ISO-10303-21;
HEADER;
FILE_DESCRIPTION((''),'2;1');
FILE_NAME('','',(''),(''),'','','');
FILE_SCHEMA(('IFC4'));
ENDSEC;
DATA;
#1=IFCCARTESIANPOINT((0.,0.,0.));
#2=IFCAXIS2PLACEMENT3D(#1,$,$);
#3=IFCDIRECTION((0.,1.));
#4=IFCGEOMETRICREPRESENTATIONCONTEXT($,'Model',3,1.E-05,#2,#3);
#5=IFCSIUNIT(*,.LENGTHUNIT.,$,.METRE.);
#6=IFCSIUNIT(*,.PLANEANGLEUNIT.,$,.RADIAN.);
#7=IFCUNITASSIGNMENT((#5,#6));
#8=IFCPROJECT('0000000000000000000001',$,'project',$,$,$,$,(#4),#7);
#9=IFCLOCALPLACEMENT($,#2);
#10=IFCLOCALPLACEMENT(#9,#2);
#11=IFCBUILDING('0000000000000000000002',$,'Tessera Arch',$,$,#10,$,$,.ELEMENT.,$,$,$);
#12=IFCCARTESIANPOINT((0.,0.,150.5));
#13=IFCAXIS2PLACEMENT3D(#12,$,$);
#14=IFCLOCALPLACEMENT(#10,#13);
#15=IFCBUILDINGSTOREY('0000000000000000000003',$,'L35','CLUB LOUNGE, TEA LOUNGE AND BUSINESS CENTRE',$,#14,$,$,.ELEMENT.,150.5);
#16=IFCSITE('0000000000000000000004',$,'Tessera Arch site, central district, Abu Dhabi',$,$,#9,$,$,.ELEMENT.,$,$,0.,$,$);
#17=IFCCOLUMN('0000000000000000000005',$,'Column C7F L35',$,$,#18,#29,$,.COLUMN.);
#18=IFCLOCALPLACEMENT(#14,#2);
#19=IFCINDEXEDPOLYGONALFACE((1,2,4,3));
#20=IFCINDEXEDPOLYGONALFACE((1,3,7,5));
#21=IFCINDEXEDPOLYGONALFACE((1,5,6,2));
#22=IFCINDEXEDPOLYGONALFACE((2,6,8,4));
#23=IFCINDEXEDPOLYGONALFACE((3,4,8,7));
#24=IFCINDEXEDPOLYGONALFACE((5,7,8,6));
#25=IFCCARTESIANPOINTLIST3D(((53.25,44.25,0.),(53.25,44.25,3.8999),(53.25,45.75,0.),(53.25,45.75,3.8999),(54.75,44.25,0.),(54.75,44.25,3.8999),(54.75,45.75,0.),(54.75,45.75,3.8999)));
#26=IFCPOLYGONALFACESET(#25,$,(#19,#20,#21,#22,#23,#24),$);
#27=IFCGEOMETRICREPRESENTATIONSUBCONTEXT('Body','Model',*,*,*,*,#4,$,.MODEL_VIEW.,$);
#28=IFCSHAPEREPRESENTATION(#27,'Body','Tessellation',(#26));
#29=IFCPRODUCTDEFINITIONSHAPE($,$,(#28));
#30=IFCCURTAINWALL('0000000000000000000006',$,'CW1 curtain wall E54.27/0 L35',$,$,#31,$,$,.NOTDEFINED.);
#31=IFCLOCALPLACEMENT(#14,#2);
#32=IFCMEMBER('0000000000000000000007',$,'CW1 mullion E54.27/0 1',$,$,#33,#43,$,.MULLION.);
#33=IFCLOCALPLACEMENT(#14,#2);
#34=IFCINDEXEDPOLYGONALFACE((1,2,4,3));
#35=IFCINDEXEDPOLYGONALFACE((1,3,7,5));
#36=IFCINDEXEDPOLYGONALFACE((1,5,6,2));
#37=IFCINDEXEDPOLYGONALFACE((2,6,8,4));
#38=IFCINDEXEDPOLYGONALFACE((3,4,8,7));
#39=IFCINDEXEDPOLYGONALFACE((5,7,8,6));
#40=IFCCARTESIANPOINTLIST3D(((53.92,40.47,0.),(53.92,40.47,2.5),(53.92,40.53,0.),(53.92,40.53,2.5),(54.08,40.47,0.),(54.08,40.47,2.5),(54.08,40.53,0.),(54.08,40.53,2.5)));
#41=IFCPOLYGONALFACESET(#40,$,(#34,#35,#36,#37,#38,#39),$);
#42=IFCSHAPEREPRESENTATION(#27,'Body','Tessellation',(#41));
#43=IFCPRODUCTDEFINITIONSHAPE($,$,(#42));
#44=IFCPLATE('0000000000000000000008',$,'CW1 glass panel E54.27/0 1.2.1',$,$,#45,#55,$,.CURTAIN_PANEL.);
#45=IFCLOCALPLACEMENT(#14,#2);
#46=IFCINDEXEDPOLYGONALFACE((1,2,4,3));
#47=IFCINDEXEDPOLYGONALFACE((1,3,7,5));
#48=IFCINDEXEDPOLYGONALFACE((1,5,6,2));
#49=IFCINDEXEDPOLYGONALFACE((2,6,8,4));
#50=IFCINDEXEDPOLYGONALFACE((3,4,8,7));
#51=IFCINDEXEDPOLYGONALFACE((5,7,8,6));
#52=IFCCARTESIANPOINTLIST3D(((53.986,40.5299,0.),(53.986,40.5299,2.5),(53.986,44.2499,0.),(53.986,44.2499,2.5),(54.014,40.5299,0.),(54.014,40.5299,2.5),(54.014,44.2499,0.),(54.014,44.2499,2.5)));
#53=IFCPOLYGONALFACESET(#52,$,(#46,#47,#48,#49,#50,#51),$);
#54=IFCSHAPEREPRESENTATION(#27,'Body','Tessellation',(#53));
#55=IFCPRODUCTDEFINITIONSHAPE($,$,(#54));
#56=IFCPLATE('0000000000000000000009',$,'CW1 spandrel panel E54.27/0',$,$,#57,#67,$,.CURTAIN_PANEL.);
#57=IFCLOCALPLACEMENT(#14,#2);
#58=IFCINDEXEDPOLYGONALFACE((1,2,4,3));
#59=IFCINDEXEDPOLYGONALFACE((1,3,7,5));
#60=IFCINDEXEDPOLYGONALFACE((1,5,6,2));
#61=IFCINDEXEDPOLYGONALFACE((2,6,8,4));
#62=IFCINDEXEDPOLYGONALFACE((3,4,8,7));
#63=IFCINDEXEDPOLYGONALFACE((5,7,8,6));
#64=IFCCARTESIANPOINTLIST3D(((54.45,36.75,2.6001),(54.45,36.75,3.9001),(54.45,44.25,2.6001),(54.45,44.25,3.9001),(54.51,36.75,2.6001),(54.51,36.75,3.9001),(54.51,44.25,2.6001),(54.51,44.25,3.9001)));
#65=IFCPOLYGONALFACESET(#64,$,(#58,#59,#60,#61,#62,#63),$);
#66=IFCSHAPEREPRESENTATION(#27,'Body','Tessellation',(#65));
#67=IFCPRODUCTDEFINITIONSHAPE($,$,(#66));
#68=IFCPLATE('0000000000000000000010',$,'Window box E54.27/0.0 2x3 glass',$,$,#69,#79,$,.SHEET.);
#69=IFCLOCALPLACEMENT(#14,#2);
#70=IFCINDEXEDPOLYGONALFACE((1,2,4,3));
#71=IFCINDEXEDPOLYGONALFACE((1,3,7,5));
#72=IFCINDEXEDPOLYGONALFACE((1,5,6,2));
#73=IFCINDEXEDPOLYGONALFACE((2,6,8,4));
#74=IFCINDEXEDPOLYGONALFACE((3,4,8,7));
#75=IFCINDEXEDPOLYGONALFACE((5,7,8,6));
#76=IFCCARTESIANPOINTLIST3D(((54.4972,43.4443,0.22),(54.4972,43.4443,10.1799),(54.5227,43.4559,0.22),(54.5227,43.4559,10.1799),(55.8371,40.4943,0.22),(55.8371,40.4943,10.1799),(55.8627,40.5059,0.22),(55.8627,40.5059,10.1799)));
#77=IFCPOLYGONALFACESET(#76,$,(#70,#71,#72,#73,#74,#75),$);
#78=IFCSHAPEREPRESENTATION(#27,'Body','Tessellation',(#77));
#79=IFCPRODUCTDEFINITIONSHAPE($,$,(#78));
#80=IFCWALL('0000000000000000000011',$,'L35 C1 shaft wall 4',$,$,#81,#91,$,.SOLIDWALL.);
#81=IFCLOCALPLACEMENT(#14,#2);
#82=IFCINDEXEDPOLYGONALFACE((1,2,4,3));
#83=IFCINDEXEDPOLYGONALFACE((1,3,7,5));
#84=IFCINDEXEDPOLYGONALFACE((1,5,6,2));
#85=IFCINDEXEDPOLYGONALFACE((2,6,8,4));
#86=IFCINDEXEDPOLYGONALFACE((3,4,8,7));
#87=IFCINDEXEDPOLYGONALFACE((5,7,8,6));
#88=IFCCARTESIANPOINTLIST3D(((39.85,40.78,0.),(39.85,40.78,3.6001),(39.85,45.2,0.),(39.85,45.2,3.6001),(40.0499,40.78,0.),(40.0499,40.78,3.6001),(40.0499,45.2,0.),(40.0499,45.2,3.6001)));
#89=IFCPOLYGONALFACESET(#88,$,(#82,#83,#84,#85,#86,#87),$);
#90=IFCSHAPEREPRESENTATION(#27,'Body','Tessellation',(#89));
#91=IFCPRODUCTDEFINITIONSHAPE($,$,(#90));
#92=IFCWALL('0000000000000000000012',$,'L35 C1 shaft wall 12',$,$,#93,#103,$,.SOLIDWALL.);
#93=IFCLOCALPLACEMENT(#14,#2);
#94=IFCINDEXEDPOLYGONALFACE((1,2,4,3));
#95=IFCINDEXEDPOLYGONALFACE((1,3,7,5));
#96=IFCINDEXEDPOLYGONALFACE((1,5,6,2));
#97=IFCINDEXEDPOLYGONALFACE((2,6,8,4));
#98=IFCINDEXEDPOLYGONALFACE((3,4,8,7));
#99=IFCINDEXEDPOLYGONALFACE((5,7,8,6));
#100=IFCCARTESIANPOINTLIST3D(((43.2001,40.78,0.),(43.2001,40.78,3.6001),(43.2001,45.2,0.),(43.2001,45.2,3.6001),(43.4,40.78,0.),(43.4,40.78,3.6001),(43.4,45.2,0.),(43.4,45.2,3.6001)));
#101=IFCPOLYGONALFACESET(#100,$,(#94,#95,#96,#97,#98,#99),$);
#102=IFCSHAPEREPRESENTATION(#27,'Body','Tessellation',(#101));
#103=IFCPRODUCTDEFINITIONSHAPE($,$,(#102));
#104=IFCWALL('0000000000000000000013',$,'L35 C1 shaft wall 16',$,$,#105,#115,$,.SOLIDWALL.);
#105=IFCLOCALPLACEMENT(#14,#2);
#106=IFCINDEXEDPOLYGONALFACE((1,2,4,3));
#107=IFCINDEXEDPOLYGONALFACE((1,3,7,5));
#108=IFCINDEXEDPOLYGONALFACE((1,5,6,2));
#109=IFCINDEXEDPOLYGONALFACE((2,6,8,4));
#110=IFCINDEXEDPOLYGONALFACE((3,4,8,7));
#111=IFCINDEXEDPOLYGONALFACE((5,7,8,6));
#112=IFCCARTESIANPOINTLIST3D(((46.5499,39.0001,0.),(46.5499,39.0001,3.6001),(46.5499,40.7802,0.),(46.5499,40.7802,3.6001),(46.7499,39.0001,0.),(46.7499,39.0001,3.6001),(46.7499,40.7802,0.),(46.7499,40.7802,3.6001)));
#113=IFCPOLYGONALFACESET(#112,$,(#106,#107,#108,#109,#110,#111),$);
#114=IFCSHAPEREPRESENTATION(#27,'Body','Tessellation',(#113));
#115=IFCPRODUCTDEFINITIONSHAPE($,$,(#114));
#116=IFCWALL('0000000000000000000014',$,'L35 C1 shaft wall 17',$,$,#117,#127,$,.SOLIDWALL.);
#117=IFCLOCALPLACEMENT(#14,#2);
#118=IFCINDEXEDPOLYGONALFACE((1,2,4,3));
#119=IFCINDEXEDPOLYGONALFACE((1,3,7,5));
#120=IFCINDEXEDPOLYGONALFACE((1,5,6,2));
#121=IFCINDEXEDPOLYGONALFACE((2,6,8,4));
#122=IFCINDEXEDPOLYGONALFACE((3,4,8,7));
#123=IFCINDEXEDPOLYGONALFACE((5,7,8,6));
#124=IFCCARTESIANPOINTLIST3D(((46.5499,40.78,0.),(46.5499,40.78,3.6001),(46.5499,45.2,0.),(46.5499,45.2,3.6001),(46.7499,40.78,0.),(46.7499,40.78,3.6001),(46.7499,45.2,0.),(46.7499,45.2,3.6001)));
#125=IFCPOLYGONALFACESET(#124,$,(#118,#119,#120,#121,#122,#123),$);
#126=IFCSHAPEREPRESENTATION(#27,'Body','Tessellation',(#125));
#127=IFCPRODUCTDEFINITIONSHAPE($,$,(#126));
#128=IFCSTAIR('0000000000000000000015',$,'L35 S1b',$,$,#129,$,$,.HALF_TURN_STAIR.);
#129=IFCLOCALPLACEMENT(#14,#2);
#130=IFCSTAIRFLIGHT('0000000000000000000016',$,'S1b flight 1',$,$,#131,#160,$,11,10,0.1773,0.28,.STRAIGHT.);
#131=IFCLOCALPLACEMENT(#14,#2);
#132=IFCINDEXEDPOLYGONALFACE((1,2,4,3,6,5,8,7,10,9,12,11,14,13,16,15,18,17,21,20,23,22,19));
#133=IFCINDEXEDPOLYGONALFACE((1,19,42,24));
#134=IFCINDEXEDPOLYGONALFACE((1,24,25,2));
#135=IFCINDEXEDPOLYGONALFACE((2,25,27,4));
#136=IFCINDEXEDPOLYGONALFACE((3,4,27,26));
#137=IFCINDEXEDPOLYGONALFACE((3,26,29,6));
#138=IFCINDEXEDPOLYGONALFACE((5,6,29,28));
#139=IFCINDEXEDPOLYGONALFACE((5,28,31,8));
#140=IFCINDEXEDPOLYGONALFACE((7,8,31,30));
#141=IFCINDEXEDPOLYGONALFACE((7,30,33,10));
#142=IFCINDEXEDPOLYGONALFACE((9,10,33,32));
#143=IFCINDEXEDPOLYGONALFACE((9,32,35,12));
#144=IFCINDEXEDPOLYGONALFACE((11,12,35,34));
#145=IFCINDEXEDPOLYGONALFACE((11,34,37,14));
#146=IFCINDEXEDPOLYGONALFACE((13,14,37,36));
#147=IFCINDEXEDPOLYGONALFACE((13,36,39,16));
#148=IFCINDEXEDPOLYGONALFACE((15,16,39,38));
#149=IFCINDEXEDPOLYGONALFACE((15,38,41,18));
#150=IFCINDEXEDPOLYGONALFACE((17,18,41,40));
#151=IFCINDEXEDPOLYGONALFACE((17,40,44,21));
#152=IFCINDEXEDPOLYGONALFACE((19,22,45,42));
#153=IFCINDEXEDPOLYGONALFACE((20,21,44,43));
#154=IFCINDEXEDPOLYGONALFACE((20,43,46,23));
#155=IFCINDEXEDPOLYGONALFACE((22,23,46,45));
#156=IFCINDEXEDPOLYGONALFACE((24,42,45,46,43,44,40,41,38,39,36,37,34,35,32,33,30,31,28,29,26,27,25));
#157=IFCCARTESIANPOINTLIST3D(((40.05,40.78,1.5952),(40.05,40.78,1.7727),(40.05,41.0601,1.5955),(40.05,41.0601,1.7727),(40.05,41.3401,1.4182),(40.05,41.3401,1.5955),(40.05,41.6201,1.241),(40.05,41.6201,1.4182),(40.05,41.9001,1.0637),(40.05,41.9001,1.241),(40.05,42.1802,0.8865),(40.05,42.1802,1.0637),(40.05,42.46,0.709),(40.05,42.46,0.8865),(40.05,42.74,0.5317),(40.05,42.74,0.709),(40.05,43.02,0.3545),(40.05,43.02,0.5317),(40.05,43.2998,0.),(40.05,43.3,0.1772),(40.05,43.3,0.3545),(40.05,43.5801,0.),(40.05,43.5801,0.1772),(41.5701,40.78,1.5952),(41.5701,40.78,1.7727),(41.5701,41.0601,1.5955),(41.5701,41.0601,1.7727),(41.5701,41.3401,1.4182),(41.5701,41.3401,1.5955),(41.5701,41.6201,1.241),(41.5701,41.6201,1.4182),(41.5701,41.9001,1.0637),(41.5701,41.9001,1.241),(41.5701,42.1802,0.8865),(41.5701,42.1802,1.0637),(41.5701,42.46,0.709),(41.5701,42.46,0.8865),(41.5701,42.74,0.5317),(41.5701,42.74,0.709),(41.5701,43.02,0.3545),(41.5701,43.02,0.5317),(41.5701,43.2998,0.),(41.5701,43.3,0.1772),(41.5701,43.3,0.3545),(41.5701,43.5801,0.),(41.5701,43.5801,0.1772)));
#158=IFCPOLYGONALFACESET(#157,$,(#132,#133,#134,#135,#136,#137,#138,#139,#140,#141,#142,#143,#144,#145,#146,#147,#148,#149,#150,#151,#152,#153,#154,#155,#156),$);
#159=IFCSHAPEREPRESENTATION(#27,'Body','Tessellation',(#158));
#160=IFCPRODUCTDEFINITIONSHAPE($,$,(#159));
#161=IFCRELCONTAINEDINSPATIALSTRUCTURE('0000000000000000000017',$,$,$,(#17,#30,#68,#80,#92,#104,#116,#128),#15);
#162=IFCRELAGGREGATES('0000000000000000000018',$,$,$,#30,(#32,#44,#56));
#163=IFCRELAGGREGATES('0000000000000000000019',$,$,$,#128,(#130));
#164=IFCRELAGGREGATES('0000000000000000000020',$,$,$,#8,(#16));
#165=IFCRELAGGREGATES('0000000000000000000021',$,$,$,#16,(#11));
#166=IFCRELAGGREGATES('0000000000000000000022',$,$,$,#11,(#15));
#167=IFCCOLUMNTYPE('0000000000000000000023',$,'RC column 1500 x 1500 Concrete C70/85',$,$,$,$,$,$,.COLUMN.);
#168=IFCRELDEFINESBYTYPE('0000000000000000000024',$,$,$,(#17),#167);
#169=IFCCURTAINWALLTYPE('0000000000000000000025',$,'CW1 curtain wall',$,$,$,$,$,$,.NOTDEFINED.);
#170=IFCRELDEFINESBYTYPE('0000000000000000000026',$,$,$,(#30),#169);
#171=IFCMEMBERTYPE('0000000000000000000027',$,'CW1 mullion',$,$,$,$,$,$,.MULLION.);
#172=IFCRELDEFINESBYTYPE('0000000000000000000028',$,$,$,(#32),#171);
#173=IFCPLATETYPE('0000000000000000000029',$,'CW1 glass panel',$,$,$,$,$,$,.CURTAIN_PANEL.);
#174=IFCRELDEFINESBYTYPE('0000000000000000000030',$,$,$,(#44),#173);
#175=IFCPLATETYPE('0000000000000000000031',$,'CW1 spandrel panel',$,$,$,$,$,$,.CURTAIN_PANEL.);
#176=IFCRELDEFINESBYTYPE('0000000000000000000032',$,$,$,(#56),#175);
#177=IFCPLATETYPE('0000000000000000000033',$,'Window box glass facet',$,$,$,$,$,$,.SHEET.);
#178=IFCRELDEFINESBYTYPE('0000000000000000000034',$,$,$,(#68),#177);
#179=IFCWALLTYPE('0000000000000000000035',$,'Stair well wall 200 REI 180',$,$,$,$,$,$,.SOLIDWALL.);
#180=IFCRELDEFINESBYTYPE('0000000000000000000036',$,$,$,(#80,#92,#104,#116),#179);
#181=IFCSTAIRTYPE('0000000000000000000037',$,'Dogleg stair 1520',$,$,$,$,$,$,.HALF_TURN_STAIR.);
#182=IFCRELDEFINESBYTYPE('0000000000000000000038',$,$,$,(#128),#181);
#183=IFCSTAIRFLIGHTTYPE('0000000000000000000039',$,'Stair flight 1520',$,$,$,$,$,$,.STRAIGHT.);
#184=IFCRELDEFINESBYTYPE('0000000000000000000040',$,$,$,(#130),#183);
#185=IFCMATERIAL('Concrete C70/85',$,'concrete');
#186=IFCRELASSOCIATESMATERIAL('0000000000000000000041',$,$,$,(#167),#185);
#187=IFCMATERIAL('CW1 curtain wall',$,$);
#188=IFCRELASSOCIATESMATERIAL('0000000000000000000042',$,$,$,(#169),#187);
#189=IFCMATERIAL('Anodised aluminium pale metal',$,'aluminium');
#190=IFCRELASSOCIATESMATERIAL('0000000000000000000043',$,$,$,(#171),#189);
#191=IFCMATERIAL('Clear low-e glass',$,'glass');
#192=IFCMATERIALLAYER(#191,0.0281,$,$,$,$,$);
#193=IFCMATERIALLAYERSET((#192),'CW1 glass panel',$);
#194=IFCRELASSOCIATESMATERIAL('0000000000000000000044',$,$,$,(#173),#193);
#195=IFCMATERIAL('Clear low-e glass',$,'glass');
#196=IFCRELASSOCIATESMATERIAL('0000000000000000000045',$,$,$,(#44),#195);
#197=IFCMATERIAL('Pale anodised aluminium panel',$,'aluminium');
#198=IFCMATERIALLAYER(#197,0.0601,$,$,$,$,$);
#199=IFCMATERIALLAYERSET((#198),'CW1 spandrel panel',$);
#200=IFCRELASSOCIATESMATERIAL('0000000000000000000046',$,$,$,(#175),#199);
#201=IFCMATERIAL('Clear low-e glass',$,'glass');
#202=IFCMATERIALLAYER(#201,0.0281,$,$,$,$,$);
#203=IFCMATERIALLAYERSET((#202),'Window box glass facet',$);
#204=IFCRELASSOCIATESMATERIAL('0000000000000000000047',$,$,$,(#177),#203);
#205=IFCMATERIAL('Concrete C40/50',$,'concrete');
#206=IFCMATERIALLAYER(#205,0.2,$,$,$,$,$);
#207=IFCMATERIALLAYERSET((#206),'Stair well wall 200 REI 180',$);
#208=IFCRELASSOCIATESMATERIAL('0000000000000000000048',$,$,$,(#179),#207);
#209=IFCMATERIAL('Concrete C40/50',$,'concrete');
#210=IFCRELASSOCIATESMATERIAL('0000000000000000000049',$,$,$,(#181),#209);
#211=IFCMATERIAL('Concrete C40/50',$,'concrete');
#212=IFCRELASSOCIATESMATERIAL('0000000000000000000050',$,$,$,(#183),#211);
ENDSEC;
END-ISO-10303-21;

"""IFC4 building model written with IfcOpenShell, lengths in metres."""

from ifc_helpers import new_model, si_unit, direction, frame, frame_2d, origin, origin_2d, place, context, subcontext, project, spatial, polyline, rectangle, outline, extrude, material, layer, layer_set, material_profile, profile_set, type_object, element, aggregate, save


model = new_model("IFC4")

# Units and contexts
model_context = context("Model", 3, precision=1e-05, world=origin(), true_north=direction((0.0, 1.0)))
body_context = subcontext(model_context, "Body", "Model", "MODEL_VIEW")
ifc_project = project(units=[si_unit("LENGTHUNIT", "METRE"), si_unit("PLANEANGLEUNIT", "RADIAN")], contexts=[model_context])

# Site, building, storey
site_placement = place(None, origin())
site = spatial("IfcSite", under=ifc_project, at=site_placement, Name="Tessera Arch site, central district, Abu Dhabi", CompositionType="ELEMENT", RefElevation=0.0)
building_placement = place(site_placement, origin())
building = spatial("IfcBuilding", under=site, at=building_placement, Name="Tessera Arch", CompositionType="ELEMENT")
storey_placement = place(building_placement, frame((0.0, 0.0, 150.5)))
storey = spatial("IfcBuildingStorey", under=building, at=storey_placement, Name="L35", Description="CLUB LOUNGE, TEA LOUNGE AND BUSINESS CENTRE", CompositionType="ELEMENT", Elevation=150.5)

# Column
ifc_material_1 = material(Name="Concrete C70/85", Category="concrete")
ifc_material_profile_1 = material_profile(ifc_material_1, rectangle(XDim=1.5, YDim=1.5, at=origin_2d()), Name="RC column 1500 x 1500 Concrete C70/85")
ifc_profile_set_1 = profile_set([ifc_material_profile_1], Name="Concrete C70/85")
column_type = type_object("IfcColumnType", Name="RC column 1500 x 1500 Concrete C70/85", PredefinedType="COLUMN", material=ifc_profile_set_1)
column_placement = place(storey_placement, frame((54.0, 45.0, 0.0), z_axis=(0.0, 0.0, 1.0), x_axis=(1.0, 0.0, 0.0)))
element("IfcColumn", 1, at=column_placement, inside=storey, type_object=column_type, Name="Column C7F L35", PredefinedType="COLUMN", context=body_context, shape_type="SweptSolid", body=[
    extrude(rectangle(XDim=1.5, YDim=1.5, at=origin_2d()), origin(), (0.0, 0.0, 1.0), 3.8999),
])

# Curtain wall, member, plates
ifc_material_2 = material(Name="CW1 curtain wall")
curtain_wall_type = type_object("IfcCurtainWallType", Name="CW1 curtain wall", PredefinedType="NOTDEFINED", material=ifc_material_2)
curtain_wall_placement = place(storey_placement, origin())
curtain_wall = element("IfcCurtainWall", 2, at=curtain_wall_placement, inside=storey, type_object=curtain_wall_type, Name="CW1 curtain wall E54.27/0 L35", PredefinedType="NOTDEFINED")
ifc_material_3 = material(Name="Anodised aluminium pale metal", Category="aluminium")
ifc_material_profile_2 = material_profile(ifc_material_3, rectangle(XDim=0.1599, YDim=0.0601, at=origin_2d()), Name="AL 60x160")
ifc_profile_set_2 = profile_set([ifc_material_profile_2], Name="Anodised aluminium pale metal")
member_type = type_object("IfcMemberType", Name="CW1 mullion", PredefinedType="MULLION", material=ifc_profile_set_2)
member_placement = place(storey_placement, frame((54.0, 40.5, 0.0), z_axis=(0.0, 0.0, 1.0), x_axis=(-1.0, 0.0, 0.0)))
member = element("IfcMember", 3, at=member_placement, type_object=member_type, Name="CW1 mullion E54.27/0 1", PredefinedType="MULLION", context=body_context, shape_type="SweptSolid", body=[
    extrude(rectangle(XDim=0.1599, YDim=0.0601, at=origin_2d()), origin(), (0.0, 0.0, 1.0), 2.5),
])
ifc_material_4 = material(Name="Clear low-e glass", Category="glass")
ifc_material_5 = material(Name="Clear low-e glass", Category="glass")
ifc_layer_1 = layer(ifc_material_5, 0.0281)
ifc_layer_set_1 = layer_set([ifc_layer_1], Name="CW1 glass panel")
plate_type_1 = type_object("IfcPlateType", Name="CW1 glass panel", PredefinedType="CURTAIN_PANEL", material=ifc_layer_set_1)
plate_1_placement = place(storey_placement, frame((54.0, 42.3899, 0.0), z_axis=(0.0, 0.0, 1.0), x_axis=(0.0, 1.0, 0.0)))
plate_1 = element("IfcPlate", 4, at=plate_1_placement, type_object=plate_type_1, material=ifc_material_4, Name="CW1 glass panel E54.27/0 1.2.1", PredefinedType="CURTAIN_PANEL", context=body_context, shape_type="SweptSolid", body=[
    extrude(rectangle(XDim=3.72, YDim=0.0281, at=origin_2d()), origin(), (0.0, 0.0, 1.0), 2.5),
])
ifc_material_6 = material(Name="Pale anodised aluminium panel", Category="aluminium")
ifc_layer_2 = layer(ifc_material_6, 0.0601)
ifc_layer_set_2 = layer_set([ifc_layer_2], Name="CW1 spandrel panel")
plate_type_2 = type_object("IfcPlateType", Name="CW1 spandrel panel", PredefinedType="CURTAIN_PANEL", material=ifc_layer_set_2)
plate_2_placement = place(storey_placement, frame((54.48, 40.5, 2.6001), z_axis=(0.0, 0.0, 1.0), x_axis=(0.0, 1.0, 0.0)))
plate_2 = element("IfcPlate", 5, at=plate_2_placement, type_object=plate_type_2, Name="CW1 spandrel panel E54.27/0", PredefinedType="CURTAIN_PANEL", context=body_context, shape_type="SweptSolid", body=[
    extrude(rectangle(XDim=7.5, YDim=0.0601, at=origin_2d()), origin(), (0.0, 0.0, 1.0), 1.3),
])
aggregate(curtain_wall, [member, plate_1, plate_2])

# Plate
ifc_material_7 = material(Name="Clear low-e glass", Category="glass")
ifc_layer_3 = layer(ifc_material_7, 0.0281)
ifc_layer_set_3 = layer_set([ifc_layer_3], Name="Window box glass facet")
plate_type_3 = type_object("IfcPlateType", Name="Window box glass facet", PredefinedType="SHEET", material=ifc_layer_set_3)
plate_3_placement = place(storey_placement, frame((55.1799, 41.9751, 0.22), z_axis=(0.0, 0.0, 1.0), x_axis=(0.41357, -0.910472, 0.0)))
element("IfcPlate", 6, at=plate_3_placement, inside=storey, type_object=plate_type_3, Name="Window box E54.27/0.0 2x3 glass", PredefinedType="SHEET", context=body_context, shape_type="SweptSolid", body=[
    extrude(rectangle(XDim=3.24, YDim=0.0281, at=origin_2d()), origin(), (0.0, 0.0, 1.0), 9.96),
])

# Walls
ifc_material_8 = material(Name="Concrete C40/50", Category="concrete")
ifc_layer_4 = layer(ifc_material_8, 0.2)
ifc_layer_set_4 = layer_set([ifc_layer_4], Name="Stair well wall 200 REI 180")
wall_type = type_object("IfcWallType", Name="Stair well wall 200 REI 180", PredefinedType="SOLIDWALL", material=ifc_layer_set_4)
for number, where, z_axis, x_axis, name in (
    (7, (39.95, 40.78, 0.0), (0.0, 0.0, 1.0), (0.0, 1.0, 0.0), "L35 C1 shaft wall 4"),
    (8, (43.3, 40.78, 0.0), (0.0, 0.0, 1.0), (0.0, 1.0, 0.0), "L35 C1 shaft wall 12"),
):
    element("IfcWall", number, at=place(storey_placement, frame(where, z_axis=z_axis, x_axis=x_axis)), inside=storey, type_object=wall_type, Name=name, PredefinedType="SOLIDWALL", context=body_context, shape_type="SweptSolid", body=[
        extrude(rectangle(XDim=4.4199, YDim=0.2, at=frame_2d((2.21, 0.0))), origin(), (0.0, 0.0, 1.0), 3.6001),
    ])
wall_1_placement = place(storey_placement, frame((46.6499, 39.0, 0.0), z_axis=(0.0, 0.0, 1.0), x_axis=(0.0, 1.0, 0.0)))
element("IfcWall", 9, at=wall_1_placement, inside=storey, type_object=wall_type, Name="L35 C1 shaft wall 16", PredefinedType="SOLIDWALL", context=body_context, shape_type="SweptSolid", body=[
    extrude(rectangle(XDim=1.78, YDim=0.2, at=frame_2d((0.8901, 0.0))), origin(), (0.0, 0.0, 1.0), 3.6001),
])
wall_2_placement = place(storey_placement, frame((46.6499, 40.78, 0.0), z_axis=(0.0, 0.0, 1.0), x_axis=(0.0, 1.0, 0.0)))
element("IfcWall", 10, at=wall_2_placement, inside=storey, type_object=wall_type, Name="L35 C1 shaft wall 17", PredefinedType="SOLIDWALL", context=body_context, shape_type="SweptSolid", body=[
    extrude(rectangle(XDim=4.4199, YDim=0.2, at=frame_2d((2.21, 0.0))), origin(), (0.0, 0.0, 1.0), 3.6001),
])

# Stair, stair flight
ifc_material_9 = material(Name="Concrete C40/50", Category="concrete")
stair_type = type_object("IfcStairType", Name="Dogleg stair 1520", PredefinedType="HALF_TURN_STAIR", material=ifc_material_9)
stair_1_placement = place(storey_placement, origin())
stair_1 = element("IfcStair", 11, at=stair_1_placement, inside=storey, type_object=stair_type, Name="L35 S1b", PredefinedType="HALF_TURN_STAIR")
ifc_material_10 = material(Name="Concrete C40/50", Category="concrete")
stair_flight_type = type_object("IfcStairFlightType", Name="Stair flight 1520", PredefinedType="STRAIGHT", material=ifc_material_10)
stair_flight_1_placement = place(storey_placement, frame((40.8101, 43.5801, 0.0), z_axis=(0.0, 0.0, 1.0), x_axis=(0.0, -1.0, 0.0)))
stair_flight_1 = element("IfcStairFlight", 12, at=stair_flight_1_placement, type_object=stair_flight_type, Name="S1b flight 1", NumberOfRisers=11, NumberOfTreads=10, PredefinedType="STRAIGHT", RiserHeight=0.1773, TreadLength=0.28, context=body_context, shape_type="SweptSolid", body=[
    extrude(outline(polyline([(0.0, 0.0), (0.0, 0.1772), (0.28, 0.1772), (0.28, 0.3545), (0.5601, 0.3545), (0.5601, 0.5317), (0.8401, 0.5317), (0.8401, 0.709), (1.1201, 0.709), (1.1201, 0.8865), (1.3999, 0.8865), (1.3999, 1.0637), (1.6799, 1.0637), (1.6799, 1.241), (1.96, 1.241), (1.96, 1.4182), (2.24, 1.4182), (2.24, 1.5955), (2.52, 1.5955), (2.52, 1.7727), (2.8, 1.7727), (2.8, 1.95), (2.8, 1.5952), (0.2803, 0.0), (0.0, 0.0)])), frame((0.0, 0.76, 0.0), z_axis=(0.0, -1.0, 0.0), x_axis=(1.0, 0.0, 0.0)), (0.0, 0.0, 1.0), 1.52),
])
aggregate(stair_1, [stair_flight_1])

save(model, "model.ifc")
